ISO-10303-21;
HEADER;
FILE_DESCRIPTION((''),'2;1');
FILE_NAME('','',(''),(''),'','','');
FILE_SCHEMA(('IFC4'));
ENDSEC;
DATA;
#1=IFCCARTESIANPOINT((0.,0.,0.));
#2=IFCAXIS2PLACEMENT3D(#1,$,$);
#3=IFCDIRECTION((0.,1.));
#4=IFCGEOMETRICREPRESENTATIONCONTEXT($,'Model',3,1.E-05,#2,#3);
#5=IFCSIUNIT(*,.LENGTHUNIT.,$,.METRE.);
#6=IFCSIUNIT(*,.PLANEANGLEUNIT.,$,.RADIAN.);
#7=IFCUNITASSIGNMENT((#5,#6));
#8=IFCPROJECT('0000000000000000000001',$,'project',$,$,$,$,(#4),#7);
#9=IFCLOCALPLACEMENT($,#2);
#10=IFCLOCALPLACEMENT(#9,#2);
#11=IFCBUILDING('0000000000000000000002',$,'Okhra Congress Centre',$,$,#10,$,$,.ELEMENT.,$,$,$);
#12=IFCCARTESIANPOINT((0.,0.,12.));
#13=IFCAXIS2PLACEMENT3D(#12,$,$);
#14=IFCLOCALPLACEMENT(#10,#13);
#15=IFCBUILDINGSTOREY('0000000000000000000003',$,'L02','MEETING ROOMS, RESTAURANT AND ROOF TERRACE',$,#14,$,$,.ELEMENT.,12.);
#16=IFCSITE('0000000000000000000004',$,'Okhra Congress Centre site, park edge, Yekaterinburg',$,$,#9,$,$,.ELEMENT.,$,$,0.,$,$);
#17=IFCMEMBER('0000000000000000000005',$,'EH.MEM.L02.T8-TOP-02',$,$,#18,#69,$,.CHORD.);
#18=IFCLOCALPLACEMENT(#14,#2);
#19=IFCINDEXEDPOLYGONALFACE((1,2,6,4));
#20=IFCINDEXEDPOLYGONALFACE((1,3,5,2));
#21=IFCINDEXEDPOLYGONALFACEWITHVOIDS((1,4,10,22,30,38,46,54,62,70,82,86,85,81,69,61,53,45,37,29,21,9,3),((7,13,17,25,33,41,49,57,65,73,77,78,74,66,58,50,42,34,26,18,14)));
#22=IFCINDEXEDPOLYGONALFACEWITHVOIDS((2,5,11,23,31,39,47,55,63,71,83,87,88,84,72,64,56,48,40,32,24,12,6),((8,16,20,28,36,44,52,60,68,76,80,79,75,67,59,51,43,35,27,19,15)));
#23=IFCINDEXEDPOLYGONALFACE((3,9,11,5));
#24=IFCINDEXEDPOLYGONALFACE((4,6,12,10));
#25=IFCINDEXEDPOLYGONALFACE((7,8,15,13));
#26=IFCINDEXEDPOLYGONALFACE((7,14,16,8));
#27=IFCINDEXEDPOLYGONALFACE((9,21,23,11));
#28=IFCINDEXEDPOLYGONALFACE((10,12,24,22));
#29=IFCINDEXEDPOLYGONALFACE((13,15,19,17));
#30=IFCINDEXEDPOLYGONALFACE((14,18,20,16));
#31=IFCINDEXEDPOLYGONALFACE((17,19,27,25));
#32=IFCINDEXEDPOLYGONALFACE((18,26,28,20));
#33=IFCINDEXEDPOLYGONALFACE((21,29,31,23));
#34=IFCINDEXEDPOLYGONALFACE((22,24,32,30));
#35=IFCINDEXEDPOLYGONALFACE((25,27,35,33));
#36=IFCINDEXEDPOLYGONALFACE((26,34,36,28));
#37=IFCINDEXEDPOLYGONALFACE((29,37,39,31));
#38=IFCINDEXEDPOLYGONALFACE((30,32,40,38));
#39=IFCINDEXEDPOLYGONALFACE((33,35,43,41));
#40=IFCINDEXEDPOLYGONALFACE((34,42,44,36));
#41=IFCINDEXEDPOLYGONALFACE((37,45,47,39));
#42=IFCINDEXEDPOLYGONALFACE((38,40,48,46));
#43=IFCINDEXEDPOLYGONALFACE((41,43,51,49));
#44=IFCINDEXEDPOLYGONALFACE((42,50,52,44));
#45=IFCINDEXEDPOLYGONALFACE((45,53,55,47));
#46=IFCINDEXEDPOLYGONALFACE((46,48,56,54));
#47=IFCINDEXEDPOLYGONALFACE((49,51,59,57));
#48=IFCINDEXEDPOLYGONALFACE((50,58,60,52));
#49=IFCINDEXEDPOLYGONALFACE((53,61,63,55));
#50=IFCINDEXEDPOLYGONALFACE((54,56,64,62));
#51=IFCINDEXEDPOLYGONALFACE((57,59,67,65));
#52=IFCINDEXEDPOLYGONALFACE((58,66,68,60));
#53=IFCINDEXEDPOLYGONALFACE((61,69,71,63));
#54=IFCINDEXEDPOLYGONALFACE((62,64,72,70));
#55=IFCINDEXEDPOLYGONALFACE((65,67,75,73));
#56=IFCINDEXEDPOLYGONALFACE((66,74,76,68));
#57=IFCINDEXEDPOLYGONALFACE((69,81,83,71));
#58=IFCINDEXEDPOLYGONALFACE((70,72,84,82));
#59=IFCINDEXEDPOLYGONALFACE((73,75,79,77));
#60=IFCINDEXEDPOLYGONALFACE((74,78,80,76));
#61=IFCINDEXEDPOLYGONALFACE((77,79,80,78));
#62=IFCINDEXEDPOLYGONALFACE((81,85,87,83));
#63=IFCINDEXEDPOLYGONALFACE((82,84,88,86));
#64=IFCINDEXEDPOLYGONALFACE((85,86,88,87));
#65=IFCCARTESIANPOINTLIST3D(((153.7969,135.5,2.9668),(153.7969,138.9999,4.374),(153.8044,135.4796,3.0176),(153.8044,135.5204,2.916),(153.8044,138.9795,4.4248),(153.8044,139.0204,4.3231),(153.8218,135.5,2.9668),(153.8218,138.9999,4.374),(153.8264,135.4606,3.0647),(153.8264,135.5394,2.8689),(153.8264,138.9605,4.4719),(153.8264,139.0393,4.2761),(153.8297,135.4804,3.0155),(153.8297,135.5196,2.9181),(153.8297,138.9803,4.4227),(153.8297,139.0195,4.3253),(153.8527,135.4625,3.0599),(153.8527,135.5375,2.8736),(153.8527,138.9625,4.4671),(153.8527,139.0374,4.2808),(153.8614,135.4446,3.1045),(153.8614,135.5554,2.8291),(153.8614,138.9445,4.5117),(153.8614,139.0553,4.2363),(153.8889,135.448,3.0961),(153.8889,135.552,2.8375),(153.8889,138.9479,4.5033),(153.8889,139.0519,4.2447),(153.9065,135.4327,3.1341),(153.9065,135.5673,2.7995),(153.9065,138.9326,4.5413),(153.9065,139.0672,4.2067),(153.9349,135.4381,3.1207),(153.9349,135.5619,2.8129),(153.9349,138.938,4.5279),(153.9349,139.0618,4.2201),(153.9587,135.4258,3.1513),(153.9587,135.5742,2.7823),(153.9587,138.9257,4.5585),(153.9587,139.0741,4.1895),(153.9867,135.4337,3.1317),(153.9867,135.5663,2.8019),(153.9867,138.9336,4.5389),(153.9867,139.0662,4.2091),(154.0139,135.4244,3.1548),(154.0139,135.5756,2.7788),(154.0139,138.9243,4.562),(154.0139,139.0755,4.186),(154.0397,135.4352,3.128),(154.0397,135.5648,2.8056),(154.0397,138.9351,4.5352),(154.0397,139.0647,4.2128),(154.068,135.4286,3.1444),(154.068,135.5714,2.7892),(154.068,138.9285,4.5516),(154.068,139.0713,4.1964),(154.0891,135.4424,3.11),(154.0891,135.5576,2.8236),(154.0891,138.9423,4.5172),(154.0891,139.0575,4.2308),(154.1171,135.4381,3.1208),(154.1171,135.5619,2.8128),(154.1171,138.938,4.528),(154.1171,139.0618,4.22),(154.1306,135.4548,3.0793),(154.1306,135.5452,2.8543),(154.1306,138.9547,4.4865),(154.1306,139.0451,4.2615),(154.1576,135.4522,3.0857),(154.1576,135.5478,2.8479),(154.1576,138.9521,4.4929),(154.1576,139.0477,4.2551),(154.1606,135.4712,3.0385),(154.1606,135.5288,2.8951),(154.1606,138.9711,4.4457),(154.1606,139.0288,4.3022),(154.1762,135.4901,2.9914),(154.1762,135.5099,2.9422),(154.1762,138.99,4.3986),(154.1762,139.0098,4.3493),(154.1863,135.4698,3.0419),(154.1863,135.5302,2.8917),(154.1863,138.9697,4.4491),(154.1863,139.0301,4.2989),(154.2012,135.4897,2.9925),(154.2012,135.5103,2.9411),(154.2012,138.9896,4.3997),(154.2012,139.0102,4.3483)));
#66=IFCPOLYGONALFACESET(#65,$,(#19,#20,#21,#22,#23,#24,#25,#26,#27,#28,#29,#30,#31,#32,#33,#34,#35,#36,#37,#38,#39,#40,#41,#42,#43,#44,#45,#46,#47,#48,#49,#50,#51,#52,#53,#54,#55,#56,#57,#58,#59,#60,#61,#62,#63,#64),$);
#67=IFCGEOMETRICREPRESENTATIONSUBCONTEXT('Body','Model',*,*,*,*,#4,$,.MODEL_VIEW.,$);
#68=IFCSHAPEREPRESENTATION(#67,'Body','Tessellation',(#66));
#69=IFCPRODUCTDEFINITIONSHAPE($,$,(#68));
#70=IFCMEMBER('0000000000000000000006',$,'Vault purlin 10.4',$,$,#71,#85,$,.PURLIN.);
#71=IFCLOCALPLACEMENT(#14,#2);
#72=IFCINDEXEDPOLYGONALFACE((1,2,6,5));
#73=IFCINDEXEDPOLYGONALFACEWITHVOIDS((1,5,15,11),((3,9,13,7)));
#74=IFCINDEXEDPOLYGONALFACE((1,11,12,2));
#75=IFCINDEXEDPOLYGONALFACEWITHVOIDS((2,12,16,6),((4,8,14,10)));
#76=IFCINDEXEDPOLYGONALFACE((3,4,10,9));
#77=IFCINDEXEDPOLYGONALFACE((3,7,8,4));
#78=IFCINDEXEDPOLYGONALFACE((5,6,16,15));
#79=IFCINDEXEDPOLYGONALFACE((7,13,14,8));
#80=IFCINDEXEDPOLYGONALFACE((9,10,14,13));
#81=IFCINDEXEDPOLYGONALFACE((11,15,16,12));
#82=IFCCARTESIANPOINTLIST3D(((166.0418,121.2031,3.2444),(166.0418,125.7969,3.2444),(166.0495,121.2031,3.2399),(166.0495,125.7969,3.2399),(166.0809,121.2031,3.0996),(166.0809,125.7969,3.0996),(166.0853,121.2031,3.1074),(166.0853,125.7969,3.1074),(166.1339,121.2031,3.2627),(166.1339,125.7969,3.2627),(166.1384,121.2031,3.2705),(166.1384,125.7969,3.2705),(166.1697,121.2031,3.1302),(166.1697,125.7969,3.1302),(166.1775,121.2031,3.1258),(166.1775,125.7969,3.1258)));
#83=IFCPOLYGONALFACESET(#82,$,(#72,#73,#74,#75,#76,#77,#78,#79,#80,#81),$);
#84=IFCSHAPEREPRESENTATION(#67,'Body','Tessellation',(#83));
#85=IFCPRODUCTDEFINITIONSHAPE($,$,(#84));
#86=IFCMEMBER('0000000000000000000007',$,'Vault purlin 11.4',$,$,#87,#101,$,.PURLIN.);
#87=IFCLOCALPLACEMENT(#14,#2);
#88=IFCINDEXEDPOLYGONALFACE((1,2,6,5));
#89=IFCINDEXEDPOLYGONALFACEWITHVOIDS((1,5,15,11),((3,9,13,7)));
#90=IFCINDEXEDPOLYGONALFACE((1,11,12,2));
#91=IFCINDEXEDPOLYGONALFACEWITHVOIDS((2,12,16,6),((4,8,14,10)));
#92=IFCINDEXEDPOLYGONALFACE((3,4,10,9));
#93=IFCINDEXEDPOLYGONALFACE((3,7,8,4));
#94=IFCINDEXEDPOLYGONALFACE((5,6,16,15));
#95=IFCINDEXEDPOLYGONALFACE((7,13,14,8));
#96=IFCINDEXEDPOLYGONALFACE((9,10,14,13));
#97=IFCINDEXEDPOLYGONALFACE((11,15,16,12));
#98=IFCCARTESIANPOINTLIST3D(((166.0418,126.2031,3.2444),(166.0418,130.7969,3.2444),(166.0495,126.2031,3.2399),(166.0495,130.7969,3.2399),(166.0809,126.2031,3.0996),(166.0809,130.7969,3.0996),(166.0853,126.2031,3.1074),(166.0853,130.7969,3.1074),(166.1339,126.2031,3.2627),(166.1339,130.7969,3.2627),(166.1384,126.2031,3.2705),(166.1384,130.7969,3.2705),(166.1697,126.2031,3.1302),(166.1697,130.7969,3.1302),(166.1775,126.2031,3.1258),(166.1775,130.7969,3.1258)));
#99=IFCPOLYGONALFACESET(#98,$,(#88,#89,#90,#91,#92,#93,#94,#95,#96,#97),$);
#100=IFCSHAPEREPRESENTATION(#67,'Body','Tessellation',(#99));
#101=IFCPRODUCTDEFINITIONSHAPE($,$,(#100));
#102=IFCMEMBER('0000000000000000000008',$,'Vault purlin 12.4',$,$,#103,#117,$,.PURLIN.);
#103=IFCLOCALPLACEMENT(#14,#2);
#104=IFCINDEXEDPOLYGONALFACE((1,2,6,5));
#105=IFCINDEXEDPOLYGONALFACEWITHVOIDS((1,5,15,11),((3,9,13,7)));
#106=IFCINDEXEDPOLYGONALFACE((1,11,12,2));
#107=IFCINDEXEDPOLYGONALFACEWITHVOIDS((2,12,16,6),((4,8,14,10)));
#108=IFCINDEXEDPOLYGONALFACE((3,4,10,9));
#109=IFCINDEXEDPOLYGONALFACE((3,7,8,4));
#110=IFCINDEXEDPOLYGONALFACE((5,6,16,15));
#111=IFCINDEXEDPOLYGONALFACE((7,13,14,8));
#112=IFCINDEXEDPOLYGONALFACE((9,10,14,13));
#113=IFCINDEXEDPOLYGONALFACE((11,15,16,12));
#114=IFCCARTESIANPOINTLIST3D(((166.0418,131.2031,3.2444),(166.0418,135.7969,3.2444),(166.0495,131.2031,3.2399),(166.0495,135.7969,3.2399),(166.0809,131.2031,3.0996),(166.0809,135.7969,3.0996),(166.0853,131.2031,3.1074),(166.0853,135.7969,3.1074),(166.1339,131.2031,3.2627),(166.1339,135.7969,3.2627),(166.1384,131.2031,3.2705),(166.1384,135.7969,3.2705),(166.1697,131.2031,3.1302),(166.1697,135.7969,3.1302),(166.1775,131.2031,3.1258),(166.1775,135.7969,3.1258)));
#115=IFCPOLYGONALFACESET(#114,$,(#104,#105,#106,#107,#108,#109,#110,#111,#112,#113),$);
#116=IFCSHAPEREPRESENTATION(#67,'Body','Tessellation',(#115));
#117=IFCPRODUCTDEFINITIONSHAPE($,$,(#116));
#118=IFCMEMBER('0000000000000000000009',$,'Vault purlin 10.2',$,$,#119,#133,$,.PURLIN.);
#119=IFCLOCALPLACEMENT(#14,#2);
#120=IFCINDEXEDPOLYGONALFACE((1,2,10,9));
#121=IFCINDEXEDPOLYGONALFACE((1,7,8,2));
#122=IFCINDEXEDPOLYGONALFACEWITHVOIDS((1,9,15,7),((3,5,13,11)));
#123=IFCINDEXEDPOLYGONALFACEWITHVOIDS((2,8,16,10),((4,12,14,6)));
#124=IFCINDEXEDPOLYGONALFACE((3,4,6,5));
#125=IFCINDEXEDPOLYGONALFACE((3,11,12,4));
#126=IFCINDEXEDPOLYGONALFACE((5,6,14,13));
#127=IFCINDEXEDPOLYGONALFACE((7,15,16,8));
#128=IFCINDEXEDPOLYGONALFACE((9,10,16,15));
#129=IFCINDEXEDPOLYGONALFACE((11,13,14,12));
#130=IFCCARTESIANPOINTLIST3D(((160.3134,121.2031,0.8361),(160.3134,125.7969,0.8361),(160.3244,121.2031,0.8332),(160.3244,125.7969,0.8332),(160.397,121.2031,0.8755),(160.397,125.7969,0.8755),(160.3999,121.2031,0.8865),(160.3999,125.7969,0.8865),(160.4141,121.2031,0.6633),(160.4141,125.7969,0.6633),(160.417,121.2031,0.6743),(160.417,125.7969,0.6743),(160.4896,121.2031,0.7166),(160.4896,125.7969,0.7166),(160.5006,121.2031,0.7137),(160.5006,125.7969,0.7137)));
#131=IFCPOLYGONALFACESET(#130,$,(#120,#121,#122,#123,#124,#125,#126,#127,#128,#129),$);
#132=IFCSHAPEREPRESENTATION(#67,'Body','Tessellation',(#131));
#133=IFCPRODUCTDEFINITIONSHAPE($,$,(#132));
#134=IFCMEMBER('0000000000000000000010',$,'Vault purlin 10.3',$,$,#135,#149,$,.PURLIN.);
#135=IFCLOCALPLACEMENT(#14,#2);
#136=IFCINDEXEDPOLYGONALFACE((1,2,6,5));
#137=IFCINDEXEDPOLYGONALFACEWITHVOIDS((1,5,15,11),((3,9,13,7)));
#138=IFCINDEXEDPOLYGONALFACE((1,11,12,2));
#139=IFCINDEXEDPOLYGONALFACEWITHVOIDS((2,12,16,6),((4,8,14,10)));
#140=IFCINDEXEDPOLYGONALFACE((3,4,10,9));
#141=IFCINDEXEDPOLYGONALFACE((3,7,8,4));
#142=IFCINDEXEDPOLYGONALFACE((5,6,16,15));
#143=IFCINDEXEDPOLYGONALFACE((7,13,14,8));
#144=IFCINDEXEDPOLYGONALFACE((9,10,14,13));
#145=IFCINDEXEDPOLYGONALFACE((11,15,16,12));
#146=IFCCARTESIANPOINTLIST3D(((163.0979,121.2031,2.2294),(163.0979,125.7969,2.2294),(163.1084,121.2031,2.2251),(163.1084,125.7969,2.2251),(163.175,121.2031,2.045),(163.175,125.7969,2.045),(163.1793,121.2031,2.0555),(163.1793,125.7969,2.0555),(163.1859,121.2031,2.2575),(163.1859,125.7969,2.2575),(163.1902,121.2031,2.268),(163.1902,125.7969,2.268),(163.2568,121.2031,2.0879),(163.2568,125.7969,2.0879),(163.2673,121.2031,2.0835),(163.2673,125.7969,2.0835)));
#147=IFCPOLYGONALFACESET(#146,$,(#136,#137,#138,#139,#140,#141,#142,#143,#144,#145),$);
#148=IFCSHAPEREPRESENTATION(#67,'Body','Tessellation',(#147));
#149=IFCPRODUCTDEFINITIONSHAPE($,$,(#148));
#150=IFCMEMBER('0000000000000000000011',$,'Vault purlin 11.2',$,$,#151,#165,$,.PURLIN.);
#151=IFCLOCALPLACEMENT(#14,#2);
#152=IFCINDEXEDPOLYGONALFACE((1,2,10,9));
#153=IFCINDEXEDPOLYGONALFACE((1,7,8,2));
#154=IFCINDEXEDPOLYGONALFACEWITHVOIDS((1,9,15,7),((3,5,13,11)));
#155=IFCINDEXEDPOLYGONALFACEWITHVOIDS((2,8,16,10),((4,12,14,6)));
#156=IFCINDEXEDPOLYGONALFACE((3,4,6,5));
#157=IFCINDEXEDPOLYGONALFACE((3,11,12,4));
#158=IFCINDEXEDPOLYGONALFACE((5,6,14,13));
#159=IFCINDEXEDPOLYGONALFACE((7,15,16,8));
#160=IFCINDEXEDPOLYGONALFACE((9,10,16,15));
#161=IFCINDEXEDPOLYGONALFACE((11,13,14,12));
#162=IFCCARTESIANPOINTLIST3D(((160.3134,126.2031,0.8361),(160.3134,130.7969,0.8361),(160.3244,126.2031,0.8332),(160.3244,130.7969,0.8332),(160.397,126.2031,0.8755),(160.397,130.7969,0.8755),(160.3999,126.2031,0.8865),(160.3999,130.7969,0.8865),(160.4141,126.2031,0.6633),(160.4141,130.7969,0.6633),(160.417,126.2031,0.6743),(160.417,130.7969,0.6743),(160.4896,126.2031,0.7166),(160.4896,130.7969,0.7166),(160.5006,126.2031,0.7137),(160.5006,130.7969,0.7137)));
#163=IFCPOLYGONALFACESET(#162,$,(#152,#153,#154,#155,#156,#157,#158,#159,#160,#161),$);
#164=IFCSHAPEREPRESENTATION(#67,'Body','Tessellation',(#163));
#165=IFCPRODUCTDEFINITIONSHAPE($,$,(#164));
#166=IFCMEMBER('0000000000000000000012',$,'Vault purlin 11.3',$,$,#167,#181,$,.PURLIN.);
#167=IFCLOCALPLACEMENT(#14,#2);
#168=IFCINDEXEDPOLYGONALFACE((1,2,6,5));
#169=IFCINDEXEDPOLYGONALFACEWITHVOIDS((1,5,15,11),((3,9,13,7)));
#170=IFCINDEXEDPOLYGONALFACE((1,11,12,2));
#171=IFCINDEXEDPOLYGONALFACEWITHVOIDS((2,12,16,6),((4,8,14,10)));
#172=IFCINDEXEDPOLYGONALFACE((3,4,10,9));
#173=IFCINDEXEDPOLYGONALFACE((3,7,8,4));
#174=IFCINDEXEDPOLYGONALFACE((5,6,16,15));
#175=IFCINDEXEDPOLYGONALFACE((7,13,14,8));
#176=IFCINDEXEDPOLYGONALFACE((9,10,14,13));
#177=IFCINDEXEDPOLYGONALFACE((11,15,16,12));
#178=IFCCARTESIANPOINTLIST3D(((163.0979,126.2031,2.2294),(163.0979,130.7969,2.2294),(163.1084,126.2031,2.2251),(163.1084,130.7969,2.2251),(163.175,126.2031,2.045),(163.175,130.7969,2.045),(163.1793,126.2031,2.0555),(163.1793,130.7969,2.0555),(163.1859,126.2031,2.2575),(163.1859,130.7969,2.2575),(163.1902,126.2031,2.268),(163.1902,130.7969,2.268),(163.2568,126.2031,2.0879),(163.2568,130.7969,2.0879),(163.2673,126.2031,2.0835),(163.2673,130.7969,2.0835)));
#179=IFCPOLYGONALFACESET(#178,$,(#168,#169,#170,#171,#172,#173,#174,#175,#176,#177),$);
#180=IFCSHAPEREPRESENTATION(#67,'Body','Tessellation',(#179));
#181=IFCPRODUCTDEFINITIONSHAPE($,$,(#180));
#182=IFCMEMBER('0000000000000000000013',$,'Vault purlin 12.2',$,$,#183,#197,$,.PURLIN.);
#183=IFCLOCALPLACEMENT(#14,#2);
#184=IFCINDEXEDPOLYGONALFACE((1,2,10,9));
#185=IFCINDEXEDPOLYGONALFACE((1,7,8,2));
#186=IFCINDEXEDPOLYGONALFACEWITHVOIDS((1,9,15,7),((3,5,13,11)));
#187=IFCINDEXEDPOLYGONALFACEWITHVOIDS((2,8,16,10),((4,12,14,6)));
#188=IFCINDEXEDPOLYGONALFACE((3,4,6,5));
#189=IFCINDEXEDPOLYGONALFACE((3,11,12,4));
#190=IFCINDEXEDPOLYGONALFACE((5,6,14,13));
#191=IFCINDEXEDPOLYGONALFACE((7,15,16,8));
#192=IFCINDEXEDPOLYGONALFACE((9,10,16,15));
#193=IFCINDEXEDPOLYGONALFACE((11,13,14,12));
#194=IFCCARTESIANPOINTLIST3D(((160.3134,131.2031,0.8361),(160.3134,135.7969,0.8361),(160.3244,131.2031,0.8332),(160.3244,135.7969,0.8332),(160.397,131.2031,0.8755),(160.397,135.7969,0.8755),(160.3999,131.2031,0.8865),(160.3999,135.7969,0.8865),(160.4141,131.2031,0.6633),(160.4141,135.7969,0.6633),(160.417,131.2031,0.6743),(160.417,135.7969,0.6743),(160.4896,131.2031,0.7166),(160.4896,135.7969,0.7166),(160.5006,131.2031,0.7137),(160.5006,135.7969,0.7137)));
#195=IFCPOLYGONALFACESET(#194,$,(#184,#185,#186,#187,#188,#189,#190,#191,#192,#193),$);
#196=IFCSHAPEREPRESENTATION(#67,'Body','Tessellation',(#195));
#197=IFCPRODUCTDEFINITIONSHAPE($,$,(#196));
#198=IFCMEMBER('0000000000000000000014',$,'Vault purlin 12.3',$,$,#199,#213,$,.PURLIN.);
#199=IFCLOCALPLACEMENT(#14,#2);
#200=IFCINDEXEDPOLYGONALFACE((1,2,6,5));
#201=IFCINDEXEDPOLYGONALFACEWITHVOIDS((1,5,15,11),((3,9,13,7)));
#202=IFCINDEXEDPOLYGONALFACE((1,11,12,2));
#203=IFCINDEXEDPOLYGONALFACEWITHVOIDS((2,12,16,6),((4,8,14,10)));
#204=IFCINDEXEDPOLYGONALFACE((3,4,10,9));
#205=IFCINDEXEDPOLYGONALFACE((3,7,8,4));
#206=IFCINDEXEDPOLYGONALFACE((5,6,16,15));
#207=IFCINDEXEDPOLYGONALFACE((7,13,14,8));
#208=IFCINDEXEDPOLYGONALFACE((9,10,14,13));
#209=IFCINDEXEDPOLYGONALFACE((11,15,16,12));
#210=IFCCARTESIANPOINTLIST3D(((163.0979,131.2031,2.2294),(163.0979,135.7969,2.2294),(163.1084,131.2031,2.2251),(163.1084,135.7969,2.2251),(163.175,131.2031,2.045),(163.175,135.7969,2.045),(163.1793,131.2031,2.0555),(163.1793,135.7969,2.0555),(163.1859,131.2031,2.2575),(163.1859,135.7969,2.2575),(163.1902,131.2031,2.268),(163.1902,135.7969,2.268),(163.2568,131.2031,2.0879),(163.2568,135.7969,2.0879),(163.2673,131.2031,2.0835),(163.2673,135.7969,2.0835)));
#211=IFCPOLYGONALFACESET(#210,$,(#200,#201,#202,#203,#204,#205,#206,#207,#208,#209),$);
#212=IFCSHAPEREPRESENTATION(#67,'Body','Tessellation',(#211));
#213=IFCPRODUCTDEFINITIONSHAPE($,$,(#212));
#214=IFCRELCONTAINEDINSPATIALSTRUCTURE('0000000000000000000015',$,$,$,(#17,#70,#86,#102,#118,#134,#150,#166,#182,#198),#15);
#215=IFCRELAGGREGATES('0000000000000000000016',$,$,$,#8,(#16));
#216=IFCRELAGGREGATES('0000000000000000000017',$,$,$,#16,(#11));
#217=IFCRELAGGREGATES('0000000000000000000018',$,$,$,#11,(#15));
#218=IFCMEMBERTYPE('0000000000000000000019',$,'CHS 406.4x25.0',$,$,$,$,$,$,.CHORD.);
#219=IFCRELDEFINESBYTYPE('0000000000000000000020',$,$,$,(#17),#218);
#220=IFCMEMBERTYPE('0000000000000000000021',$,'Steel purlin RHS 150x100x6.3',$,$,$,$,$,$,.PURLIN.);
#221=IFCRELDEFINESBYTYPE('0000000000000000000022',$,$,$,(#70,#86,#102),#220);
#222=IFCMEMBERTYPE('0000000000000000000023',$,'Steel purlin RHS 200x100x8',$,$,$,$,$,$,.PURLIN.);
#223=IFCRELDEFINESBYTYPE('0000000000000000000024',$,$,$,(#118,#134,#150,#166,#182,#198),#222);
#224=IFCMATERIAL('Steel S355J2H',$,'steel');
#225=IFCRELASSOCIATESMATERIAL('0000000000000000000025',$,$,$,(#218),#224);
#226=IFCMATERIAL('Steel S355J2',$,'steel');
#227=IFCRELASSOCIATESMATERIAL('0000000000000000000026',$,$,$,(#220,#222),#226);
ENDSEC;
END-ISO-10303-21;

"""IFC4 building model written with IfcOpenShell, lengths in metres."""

from ifc_helpers import new_model, si_unit, direction, frame, origin, origin_2d, place, context, subcontext, project, spatial, hollow_rectangle, hollow_circle, extrude, material, material_profile, profile_set, type_object, element, save


model = new_model("IFC4")

# Units and contexts
model_context = context("Model", 3, precision=1e-05, world=origin(), true_north=direction((0.0, 1.0)))
body_context = subcontext(model_context, "Body", "Model", "MODEL_VIEW")
ifc_project = project(units=[si_unit("LENGTHUNIT", "METRE"), si_unit("PLANEANGLEUNIT", "RADIAN")], contexts=[model_context])

# Site, building, storey
site_placement = place(None, origin())
site = spatial("IfcSite", under=ifc_project, at=site_placement, Name="Okhra Congress Centre site, park edge, Yekaterinburg", CompositionType="ELEMENT", RefElevation=0.0)
building_placement = place(site_placement, origin())
building = spatial("IfcBuilding", under=site, at=building_placement, Name="Okhra Congress Centre", CompositionType="ELEMENT")
storey_placement = place(building_placement, frame((0.0, 0.0, 12.0)))
storey = spatial("IfcBuildingStorey", under=building, at=storey_placement, Name="L02", Description="MEETING ROOMS, RESTAURANT AND ROOF TERRACE", CompositionType="ELEMENT", Elevation=12.0)

# Members
ifc_material_1 = material(Name="Steel S355J2H", Category="steel")
ifc_material_profile_1 = material_profile(ifc_material_1, hollow_circle(Radius=0.2031, WallThickness=0.0249, at=origin_2d()), Name="CHS 406.4x25.0")
ifc_profile_set_1 = profile_set([ifc_material_profile_1], Name="Steel S355J2H")
member_type_1 = type_object("IfcMemberType", Name="CHS 406.4x25.0", PredefinedType="CHORD", material=ifc_profile_set_1)
member_1_placement = place(storey_placement, frame((154.0, 135.5, 2.9668), z_axis=(0.0, 0.927815, 0.373042), x_axis=(-1.0, 0.0, 0.0)))
element("IfcMember", 1, at=member_1_placement, inside=storey, type_object=member_type_1, Name="EH.MEM.L02.T8-TOP-02", PredefinedType="CHORD", context=body_context, shape_type="SweptSolid", body=[
    extrude(hollow_circle(Radius=0.2031, WallThickness=0.0249, at=origin_2d()), origin(), (0.0, 0.0, 1.0), 3.7722),
])
ifc_material_2 = material(Name="Steel S355J2", Category="steel")
ifc_material_profile_2 = material_profile(ifc_material_2, hollow_rectangle(XDim=0.1001, YDim=0.1499, WallThickness=0.0063, at=origin_2d()), Name="RHS 150x100x6.3")
ifc_profile_set_2 = profile_set([ifc_material_profile_2], Name="Steel S355J2")
member_type_2 = type_object("IfcMemberType", Name="Steel purlin RHS 150x100x6.3", PredefinedType="PURLIN", material=ifc_profile_set_2)
for number, where, z_axis, x_axis, name in (
    (2, (166.1096, 121.2031, 3.1851), (0.0, 1.0, 0.0), (-0.96538, 0.0, -0.260848), "Vault purlin 10.4"),
    (3, (166.1096, 126.2031, 3.1851), (0.0, 1.0, 0.0), (-0.96538, 0.0, -0.260848), "Vault purlin 11.4"),
    (4, (166.1096, 131.2031, 3.1851), (0.0, 1.0, 0.0), (-0.96538, 0.0, -0.260848), "Vault purlin 12.4"),
):
    element("IfcMember", number, at=place(storey_placement, frame(where, z_axis=z_axis, x_axis=x_axis)), inside=storey, type_object=member_type_2, Name=name, PredefinedType="PURLIN", context=body_context, shape_type="SweptSolid", body=[
        extrude(hollow_rectangle(XDim=0.1001, YDim=0.1499, WallThickness=0.0063, at=origin_2d()), origin(), (0.0, 0.0, 1.0), 4.5938),
    ])
ifc_material_profile_3 = material_profile(ifc_material_2, hollow_rectangle(XDim=0.1001, YDim=0.2, WallThickness=0.0081, at=origin_2d()), Name="RHS 200x100x8")
ifc_profile_set_3 = profile_set([ifc_material_profile_3], Name="Steel S355J2")
member_type_3 = type_object("IfcMemberType", Name="Steel purlin RHS 200x100x8", PredefinedType="PURLIN", material=ifc_profile_set_3)
for number, where, z_axis, x_axis, name in (
    (5, (160.407, 121.2031, 0.7749), (0.0, 1.0, 0.0), (-0.863917, 0.0, -0.503634), "Vault purlin 10.2"),
    (6, (163.1826, 121.2031, 2.1565), (0.0, 1.0, 0.0), (-0.922669, 0.0, -0.385593), "Vault purlin 10.3"),
    (7, (160.407, 126.2031, 0.7749), (0.0, 1.0, 0.0), (-0.863917, 0.0, -0.503634), "Vault purlin 11.2"),
    (8, (163.1826, 126.2031, 2.1565), (0.0, 1.0, 0.0), (-0.922669, 0.0, -0.385593), "Vault purlin 11.3"),
    (9, (160.407, 131.2031, 0.7749), (0.0, 1.0, 0.0), (-0.863917, 0.0, -0.503634), "Vault purlin 12.2"),
    (10, (163.1826, 131.2031, 2.1565), (0.0, 1.0, 0.0), (-0.922669, 0.0, -0.385593), "Vault purlin 12.3"),
):
    element("IfcMember", number, at=place(storey_placement, frame(where, z_axis=z_axis, x_axis=x_axis)), inside=storey, type_object=member_type_3, Name=name, PredefinedType="PURLIN", context=body_context, shape_type="SweptSolid", body=[
        extrude(hollow_rectangle(XDim=0.1001, YDim=0.2, WallThickness=0.0081, at=origin_2d()), origin(), (0.0, 0.0, 1.0), 4.5938),
    ])

save(model, "model.ifc")
